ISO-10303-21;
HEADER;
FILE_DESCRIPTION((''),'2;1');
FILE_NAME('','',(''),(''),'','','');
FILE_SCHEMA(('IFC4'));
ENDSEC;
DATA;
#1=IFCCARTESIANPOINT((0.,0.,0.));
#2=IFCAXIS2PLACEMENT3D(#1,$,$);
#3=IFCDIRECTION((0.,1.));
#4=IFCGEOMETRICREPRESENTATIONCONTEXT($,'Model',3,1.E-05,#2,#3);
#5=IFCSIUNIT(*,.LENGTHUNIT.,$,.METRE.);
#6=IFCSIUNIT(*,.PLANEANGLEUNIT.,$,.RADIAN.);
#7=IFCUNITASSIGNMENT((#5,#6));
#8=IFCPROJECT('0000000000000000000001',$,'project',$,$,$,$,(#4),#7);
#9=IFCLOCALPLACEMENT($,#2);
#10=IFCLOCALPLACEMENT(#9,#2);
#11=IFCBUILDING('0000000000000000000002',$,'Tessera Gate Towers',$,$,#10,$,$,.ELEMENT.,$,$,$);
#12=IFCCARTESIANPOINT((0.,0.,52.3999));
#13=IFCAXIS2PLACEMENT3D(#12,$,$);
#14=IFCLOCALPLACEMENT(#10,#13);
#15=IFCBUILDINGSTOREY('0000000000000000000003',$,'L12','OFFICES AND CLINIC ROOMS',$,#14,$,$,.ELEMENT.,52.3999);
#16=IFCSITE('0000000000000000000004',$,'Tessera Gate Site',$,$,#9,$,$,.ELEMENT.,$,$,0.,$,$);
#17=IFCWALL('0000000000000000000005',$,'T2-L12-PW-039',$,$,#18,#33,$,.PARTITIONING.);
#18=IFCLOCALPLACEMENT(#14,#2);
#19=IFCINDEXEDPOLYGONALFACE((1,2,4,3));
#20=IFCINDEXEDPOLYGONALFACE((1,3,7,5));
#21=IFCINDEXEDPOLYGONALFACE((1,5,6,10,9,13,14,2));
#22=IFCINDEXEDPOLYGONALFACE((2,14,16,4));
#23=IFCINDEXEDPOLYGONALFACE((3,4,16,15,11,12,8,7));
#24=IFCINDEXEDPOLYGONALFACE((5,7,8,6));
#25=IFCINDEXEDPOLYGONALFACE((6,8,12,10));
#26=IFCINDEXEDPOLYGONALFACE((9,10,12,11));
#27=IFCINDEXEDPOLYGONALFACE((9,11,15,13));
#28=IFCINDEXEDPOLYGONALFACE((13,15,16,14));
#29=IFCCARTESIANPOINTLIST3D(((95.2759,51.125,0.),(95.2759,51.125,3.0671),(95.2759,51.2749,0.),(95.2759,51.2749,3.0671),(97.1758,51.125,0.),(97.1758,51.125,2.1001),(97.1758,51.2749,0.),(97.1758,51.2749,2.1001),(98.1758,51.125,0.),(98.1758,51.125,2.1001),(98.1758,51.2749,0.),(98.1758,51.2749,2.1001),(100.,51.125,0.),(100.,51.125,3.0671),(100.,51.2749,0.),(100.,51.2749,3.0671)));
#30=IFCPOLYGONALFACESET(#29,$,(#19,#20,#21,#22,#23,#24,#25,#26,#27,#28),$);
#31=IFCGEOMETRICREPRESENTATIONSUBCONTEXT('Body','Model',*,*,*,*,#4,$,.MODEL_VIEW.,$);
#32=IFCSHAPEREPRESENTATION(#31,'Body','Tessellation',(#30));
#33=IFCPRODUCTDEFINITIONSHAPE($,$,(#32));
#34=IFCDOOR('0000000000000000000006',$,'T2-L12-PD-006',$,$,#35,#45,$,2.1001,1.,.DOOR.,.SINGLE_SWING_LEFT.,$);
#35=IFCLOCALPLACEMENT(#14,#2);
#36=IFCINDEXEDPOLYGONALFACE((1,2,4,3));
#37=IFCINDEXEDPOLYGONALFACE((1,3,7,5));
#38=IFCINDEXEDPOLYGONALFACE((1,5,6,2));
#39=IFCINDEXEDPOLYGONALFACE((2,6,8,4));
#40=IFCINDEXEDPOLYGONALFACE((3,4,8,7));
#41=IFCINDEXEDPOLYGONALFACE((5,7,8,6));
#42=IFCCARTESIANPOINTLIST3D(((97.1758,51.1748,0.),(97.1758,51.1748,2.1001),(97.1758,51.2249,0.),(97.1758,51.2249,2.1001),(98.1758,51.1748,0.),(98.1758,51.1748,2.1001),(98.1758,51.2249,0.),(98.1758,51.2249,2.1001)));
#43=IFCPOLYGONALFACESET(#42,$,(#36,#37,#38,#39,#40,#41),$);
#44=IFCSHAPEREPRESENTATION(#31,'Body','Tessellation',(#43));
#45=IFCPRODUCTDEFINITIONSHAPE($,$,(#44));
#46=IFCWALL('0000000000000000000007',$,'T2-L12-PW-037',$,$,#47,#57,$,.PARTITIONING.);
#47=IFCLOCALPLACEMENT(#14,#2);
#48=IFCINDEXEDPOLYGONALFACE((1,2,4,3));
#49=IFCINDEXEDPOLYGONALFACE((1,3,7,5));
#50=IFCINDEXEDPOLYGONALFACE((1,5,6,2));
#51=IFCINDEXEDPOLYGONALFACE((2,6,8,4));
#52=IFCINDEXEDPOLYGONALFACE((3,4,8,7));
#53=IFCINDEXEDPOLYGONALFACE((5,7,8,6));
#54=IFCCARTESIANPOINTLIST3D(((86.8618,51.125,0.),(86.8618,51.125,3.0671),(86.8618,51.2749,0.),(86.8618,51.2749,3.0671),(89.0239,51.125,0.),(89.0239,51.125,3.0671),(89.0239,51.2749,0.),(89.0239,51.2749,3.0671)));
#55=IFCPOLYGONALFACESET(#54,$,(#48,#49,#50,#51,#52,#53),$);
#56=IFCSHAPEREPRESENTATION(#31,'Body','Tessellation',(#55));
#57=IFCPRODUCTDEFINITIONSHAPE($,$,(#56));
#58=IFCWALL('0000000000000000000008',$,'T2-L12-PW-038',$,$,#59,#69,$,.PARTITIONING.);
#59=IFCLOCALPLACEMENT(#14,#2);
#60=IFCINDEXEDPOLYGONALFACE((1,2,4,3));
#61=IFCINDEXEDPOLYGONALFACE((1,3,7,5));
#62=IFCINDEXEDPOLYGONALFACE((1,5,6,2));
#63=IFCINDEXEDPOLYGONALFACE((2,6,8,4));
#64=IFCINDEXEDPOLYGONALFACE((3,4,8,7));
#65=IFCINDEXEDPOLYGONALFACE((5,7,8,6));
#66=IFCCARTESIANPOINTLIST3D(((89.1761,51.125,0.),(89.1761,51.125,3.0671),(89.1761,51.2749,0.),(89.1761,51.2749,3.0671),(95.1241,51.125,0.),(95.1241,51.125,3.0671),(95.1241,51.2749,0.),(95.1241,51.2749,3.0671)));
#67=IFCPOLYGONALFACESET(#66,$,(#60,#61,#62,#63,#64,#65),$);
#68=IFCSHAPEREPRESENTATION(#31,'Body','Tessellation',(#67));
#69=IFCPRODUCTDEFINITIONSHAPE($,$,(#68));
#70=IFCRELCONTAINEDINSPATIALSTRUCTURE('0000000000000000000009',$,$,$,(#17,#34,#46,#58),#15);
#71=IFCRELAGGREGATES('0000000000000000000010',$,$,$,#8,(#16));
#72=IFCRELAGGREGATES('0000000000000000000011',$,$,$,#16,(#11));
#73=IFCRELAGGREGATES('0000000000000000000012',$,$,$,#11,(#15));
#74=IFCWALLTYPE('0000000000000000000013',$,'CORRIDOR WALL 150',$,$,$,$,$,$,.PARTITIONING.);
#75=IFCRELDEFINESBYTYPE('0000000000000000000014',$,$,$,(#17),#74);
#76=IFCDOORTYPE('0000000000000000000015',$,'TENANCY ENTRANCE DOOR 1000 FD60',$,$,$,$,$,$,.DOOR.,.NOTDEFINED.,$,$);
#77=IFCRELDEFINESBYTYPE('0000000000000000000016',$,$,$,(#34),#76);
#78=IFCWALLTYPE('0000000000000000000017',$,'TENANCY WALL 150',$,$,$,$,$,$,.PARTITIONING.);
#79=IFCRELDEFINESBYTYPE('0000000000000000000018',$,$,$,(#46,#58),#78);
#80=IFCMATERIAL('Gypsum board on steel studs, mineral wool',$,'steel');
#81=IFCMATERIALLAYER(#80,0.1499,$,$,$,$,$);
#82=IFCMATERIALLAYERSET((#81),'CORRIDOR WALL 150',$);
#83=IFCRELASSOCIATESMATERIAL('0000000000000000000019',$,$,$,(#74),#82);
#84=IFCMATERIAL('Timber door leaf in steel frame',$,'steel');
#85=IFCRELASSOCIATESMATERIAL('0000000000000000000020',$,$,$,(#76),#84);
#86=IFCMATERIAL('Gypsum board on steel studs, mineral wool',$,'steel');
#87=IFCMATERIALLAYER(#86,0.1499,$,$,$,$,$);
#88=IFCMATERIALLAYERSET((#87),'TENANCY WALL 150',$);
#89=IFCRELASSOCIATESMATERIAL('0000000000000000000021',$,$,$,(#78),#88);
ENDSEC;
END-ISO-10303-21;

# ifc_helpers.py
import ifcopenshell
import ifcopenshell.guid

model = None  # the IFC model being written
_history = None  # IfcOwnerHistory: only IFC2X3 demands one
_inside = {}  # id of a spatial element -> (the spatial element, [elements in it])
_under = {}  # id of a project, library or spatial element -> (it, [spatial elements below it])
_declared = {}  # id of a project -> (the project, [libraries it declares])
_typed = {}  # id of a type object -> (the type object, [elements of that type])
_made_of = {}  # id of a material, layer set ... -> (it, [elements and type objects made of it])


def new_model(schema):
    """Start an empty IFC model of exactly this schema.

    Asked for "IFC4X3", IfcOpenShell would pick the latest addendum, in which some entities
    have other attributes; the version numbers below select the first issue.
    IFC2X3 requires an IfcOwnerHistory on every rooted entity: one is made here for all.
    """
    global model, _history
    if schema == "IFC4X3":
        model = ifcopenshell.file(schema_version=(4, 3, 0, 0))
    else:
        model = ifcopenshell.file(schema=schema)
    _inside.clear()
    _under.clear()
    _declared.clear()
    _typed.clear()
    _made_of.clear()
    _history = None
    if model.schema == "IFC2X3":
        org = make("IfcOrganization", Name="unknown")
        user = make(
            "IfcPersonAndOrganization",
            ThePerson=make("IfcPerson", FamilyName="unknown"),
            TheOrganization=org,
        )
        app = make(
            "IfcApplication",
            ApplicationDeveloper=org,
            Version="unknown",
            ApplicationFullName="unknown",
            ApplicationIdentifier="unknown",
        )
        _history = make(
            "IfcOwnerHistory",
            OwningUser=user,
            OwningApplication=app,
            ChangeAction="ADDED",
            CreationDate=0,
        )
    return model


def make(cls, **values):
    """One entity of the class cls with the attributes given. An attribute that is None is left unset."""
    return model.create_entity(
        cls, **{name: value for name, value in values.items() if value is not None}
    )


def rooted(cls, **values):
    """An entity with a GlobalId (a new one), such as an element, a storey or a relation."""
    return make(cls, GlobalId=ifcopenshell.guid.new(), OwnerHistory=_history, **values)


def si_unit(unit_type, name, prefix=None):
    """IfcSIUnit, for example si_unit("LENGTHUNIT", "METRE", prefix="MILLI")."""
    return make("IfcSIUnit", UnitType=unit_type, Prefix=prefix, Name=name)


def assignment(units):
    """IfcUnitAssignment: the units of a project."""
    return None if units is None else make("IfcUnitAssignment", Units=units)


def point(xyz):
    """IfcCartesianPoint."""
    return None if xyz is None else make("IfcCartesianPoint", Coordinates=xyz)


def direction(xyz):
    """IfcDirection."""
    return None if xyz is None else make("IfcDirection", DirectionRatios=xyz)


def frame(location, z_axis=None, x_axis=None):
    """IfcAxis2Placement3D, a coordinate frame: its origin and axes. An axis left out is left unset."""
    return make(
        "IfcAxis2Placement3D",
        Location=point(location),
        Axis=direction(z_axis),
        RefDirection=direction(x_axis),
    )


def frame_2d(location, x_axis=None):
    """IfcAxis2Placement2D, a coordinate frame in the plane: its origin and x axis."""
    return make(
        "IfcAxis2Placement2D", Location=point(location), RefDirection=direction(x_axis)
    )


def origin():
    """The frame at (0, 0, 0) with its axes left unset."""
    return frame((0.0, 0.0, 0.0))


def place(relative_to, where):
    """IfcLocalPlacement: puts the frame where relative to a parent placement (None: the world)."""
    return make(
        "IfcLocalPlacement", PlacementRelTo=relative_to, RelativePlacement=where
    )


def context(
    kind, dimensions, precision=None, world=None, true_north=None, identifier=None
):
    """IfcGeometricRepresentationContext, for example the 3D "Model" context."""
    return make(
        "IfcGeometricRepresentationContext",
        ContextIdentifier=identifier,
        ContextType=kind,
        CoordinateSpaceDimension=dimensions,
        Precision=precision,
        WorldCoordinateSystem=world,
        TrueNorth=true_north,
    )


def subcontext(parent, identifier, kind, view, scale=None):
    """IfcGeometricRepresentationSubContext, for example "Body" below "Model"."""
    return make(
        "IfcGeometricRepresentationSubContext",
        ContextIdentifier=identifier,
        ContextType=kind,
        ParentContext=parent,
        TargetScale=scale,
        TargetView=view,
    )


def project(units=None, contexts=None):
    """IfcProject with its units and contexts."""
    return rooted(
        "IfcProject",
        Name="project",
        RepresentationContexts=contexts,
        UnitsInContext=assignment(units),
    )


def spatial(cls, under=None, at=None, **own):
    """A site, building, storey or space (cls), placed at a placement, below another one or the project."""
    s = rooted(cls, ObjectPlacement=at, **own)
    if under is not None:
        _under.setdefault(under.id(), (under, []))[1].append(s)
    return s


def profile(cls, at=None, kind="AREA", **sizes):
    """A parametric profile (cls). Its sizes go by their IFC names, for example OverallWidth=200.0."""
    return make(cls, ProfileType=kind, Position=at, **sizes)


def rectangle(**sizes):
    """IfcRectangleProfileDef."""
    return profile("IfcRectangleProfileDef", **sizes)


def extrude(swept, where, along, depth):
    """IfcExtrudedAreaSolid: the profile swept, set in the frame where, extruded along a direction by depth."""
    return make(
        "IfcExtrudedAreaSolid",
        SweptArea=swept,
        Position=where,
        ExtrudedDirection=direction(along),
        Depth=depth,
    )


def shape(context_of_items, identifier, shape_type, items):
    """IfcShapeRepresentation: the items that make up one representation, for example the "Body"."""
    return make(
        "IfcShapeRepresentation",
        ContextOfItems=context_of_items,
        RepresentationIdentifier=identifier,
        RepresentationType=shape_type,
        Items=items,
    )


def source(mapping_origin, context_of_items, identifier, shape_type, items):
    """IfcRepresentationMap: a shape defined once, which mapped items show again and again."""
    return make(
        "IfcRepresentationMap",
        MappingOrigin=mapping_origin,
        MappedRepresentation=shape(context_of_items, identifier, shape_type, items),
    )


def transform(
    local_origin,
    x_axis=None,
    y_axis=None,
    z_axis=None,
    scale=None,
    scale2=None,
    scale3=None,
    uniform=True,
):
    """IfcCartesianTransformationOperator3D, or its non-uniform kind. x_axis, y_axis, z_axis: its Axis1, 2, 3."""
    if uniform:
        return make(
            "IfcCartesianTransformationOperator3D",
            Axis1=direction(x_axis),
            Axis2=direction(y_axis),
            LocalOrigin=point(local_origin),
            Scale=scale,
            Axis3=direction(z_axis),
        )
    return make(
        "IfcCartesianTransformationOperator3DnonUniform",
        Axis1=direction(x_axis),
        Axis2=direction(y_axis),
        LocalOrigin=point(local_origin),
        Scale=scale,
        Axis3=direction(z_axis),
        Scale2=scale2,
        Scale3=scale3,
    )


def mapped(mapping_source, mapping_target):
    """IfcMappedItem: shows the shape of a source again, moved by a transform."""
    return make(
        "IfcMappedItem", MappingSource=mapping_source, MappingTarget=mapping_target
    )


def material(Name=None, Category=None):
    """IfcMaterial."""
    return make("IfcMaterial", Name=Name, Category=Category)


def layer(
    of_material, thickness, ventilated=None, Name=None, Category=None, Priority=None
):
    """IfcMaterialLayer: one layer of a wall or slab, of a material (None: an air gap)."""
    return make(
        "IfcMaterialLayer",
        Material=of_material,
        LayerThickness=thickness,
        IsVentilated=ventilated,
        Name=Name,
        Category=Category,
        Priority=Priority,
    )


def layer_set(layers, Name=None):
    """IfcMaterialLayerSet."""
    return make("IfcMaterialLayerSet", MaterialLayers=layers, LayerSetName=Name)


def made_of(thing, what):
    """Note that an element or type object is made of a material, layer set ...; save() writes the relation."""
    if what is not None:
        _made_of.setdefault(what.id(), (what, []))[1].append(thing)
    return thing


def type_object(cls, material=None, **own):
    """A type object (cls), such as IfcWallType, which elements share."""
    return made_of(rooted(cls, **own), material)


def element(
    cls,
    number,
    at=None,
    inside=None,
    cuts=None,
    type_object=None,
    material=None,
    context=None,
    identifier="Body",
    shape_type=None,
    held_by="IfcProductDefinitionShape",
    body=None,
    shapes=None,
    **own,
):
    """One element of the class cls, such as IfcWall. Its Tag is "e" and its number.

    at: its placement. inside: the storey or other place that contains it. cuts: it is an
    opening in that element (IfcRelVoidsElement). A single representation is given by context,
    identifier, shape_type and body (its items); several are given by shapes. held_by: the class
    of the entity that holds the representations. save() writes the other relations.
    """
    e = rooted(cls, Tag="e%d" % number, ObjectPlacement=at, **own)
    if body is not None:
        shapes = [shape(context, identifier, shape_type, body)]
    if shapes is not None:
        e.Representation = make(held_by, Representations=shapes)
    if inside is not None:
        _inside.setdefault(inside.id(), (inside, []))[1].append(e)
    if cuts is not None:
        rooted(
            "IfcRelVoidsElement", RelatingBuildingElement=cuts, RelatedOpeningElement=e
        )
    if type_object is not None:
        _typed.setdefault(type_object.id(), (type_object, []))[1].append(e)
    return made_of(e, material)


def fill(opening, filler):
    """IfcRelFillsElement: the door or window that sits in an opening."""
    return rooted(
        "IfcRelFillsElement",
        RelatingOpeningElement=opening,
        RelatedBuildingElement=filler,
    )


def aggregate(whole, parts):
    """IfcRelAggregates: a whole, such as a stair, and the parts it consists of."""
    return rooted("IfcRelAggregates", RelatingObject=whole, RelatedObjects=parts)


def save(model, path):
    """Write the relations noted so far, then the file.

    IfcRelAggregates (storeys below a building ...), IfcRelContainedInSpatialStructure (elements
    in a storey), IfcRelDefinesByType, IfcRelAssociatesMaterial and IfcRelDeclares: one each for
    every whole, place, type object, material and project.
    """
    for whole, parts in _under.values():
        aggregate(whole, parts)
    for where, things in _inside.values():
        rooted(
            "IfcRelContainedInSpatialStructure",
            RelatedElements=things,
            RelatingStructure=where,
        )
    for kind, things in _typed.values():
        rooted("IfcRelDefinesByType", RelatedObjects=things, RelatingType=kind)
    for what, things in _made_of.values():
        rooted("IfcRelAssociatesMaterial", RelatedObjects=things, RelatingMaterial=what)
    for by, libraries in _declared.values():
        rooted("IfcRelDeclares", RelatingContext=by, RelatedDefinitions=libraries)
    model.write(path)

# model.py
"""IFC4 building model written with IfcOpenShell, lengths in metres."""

from ifc_helpers import new_model, si_unit, direction, frame, frame_2d, origin, place, context, subcontext, project, spatial, rectangle, extrude, source, transform, mapped, material, layer, layer_set, type_object, element, fill, save


model = new_model("IFC4")

# Units and contexts
model_context = context("Model", 3, precision=1e-05, world=origin(), true_north=direction((0.0, 1.0)))
body_context = subcontext(model_context, "Body", "Model", "MODEL_VIEW")
ifc_project = project(units=[si_unit("LENGTHUNIT", "METRE"), si_unit("PLANEANGLEUNIT", "RADIAN")], contexts=[model_context])

# Site, building, storey
site_placement = place(None, origin())
site = spatial("IfcSite", under=ifc_project, at=site_placement, Name="Tessera Gate Site", CompositionType="ELEMENT", RefElevation=0.0)
building_placement = place(site_placement, origin())
building = spatial("IfcBuilding", under=site, at=building_placement, Name="Tessera Gate Towers", CompositionType="ELEMENT")
storey_placement = place(building_placement, frame((0.0, 0.0, 52.3999)))
storey = spatial("IfcBuildingStorey", under=building, at=storey_placement, Name="L12", Description="OFFICES AND CLINIC ROOMS", CompositionType="ELEMENT", Elevation=52.3999)

# Wall, opening, door
ifc_material_1 = material(Name="Gypsum board on steel studs, mineral wool", Category="steel")
ifc_layer_1 = layer(ifc_material_1, 0.1499)
ifc_layer_set_1 = layer_set([ifc_layer_1], Name="CORRIDOR WALL 150")
wall_type_1 = type_object("IfcWallType", Name="CORRIDOR WALL 150", PredefinedType="PARTITIONING", material=ifc_layer_set_1)
wall_1_placement = place(storey_placement, frame((95.2759, 51.2, 0.0), z_axis=(0.0, 0.0, 1.0), x_axis=(1.0, 0.0, 0.0)))
wall_1 = element("IfcWall", 1, at=wall_1_placement, inside=storey, type_object=wall_type_1, Name="T2-L12-PW-039", PredefinedType="PARTITIONING", context=body_context, shape_type="SweptSolid", body=[
    extrude(rectangle(XDim=4.7241, YDim=0.1499, at=frame_2d((2.3621, 0.0))), origin(), (0.0, 0.0, 1.0), 3.0671),
])
shared_shape_1 = source(origin(), body_context, "Body", "SweptSolid", [
    extrude(rectangle(XDim=1.0, YDim=2.1001, at=frame_2d((0.5, 1.05))), frame((0.0, 0.085, 0.0), z_axis=(0.0, -1.0, 0.0), x_axis=(1.0, 0.0, 0.0)), (0.0, 0.0, 1.0), 0.1699),
])
opening_placement = place(wall_1_placement, frame((1.8999, 0.0, 0.0)))
opening = element("IfcOpeningElement", 2, at=opening_placement, cuts=wall_1, PredefinedType="OPENING", context=body_context, shape_type="MappedRepresentation", body=[
    mapped(shared_shape_1, transform((0.0, 0.0, 0.0), scale=1.0)),
])
ifc_material_2 = material(Name="Timber door leaf in steel frame", Category="steel")
door_type = type_object("IfcDoorType", Name="TENANCY ENTRANCE DOOR 1000 FD60", OperationType="NOTDEFINED", PredefinedType="DOOR", material=ifc_material_2)
shared_shape_2 = source(origin(), body_context, "Body", "SweptSolid", [
    extrude(rectangle(XDim=1.0, YDim=2.1001, at=frame_2d((0.5, 1.05))), frame((0.0, 0.0249, 0.0), z_axis=(0.0, -1.0, 0.0), x_axis=(1.0, 0.0, 0.0)), (0.0, 0.0, 1.0), 0.05),
])
door_placement = place(opening_placement, origin())
door = element("IfcDoor", 3, at=door_placement, inside=storey, type_object=door_type, Name="T2-L12-PD-006", OperationType="SINGLE_SWING_LEFT", OverallHeight=2.1001, OverallWidth=1.0, PredefinedType="DOOR", context=body_context, shape_type="MappedRepresentation", body=[
    mapped(shared_shape_2, transform((0.0, 0.0, 0.0), scale=1.0)),
])
fill(opening, door)

# Walls
ifc_material_3 = material(Name="Gypsum board on steel studs, mineral wool", Category="steel")
ifc_layer_2 = layer(ifc_material_3, 0.1499)
ifc_layer_set_2 = layer_set([ifc_layer_2], Name="TENANCY WALL 150")
wall_type_2 = type_object("IfcWallType", Name="TENANCY WALL 150", PredefinedType="PARTITIONING", material=ifc_layer_set_2)
wall_2_placement = place(storey_placement, frame((86.8618, 51.2, 0.0), z_axis=(0.0, 0.0, 1.0), x_axis=(1.0, 0.0, 0.0)))
element("IfcWall", 4, at=wall_2_placement, inside=storey, type_object=wall_type_2, Name="T2-L12-PW-037", PredefinedType="PARTITIONING", context=body_context, shape_type="SweptSolid", body=[
    extrude(rectangle(XDim=2.1621, YDim=0.1499, at=frame_2d((1.0811, 0.0))), origin(), (0.0, 0.0, 1.0), 3.0671),
])
wall_3_placement = place(storey_placement, frame((89.176, 51.2, 0.0), z_axis=(0.0, 0.0, 1.0), x_axis=(1.0, 0.0, 0.0)))
element("IfcWall", 5, at=wall_3_placement, inside=storey, type_object=wall_type_2, Name="T2-L12-PW-038", PredefinedType="PARTITIONING", context=body_context, shape_type="SweptSolid", body=[
    extrude(rectangle(XDim=5.948, YDim=0.1499, at=frame_2d((2.9741, 0.0))), origin(), (0.0, 0.0, 1.0), 3.0671),
])

save(model, "model.ifc")
